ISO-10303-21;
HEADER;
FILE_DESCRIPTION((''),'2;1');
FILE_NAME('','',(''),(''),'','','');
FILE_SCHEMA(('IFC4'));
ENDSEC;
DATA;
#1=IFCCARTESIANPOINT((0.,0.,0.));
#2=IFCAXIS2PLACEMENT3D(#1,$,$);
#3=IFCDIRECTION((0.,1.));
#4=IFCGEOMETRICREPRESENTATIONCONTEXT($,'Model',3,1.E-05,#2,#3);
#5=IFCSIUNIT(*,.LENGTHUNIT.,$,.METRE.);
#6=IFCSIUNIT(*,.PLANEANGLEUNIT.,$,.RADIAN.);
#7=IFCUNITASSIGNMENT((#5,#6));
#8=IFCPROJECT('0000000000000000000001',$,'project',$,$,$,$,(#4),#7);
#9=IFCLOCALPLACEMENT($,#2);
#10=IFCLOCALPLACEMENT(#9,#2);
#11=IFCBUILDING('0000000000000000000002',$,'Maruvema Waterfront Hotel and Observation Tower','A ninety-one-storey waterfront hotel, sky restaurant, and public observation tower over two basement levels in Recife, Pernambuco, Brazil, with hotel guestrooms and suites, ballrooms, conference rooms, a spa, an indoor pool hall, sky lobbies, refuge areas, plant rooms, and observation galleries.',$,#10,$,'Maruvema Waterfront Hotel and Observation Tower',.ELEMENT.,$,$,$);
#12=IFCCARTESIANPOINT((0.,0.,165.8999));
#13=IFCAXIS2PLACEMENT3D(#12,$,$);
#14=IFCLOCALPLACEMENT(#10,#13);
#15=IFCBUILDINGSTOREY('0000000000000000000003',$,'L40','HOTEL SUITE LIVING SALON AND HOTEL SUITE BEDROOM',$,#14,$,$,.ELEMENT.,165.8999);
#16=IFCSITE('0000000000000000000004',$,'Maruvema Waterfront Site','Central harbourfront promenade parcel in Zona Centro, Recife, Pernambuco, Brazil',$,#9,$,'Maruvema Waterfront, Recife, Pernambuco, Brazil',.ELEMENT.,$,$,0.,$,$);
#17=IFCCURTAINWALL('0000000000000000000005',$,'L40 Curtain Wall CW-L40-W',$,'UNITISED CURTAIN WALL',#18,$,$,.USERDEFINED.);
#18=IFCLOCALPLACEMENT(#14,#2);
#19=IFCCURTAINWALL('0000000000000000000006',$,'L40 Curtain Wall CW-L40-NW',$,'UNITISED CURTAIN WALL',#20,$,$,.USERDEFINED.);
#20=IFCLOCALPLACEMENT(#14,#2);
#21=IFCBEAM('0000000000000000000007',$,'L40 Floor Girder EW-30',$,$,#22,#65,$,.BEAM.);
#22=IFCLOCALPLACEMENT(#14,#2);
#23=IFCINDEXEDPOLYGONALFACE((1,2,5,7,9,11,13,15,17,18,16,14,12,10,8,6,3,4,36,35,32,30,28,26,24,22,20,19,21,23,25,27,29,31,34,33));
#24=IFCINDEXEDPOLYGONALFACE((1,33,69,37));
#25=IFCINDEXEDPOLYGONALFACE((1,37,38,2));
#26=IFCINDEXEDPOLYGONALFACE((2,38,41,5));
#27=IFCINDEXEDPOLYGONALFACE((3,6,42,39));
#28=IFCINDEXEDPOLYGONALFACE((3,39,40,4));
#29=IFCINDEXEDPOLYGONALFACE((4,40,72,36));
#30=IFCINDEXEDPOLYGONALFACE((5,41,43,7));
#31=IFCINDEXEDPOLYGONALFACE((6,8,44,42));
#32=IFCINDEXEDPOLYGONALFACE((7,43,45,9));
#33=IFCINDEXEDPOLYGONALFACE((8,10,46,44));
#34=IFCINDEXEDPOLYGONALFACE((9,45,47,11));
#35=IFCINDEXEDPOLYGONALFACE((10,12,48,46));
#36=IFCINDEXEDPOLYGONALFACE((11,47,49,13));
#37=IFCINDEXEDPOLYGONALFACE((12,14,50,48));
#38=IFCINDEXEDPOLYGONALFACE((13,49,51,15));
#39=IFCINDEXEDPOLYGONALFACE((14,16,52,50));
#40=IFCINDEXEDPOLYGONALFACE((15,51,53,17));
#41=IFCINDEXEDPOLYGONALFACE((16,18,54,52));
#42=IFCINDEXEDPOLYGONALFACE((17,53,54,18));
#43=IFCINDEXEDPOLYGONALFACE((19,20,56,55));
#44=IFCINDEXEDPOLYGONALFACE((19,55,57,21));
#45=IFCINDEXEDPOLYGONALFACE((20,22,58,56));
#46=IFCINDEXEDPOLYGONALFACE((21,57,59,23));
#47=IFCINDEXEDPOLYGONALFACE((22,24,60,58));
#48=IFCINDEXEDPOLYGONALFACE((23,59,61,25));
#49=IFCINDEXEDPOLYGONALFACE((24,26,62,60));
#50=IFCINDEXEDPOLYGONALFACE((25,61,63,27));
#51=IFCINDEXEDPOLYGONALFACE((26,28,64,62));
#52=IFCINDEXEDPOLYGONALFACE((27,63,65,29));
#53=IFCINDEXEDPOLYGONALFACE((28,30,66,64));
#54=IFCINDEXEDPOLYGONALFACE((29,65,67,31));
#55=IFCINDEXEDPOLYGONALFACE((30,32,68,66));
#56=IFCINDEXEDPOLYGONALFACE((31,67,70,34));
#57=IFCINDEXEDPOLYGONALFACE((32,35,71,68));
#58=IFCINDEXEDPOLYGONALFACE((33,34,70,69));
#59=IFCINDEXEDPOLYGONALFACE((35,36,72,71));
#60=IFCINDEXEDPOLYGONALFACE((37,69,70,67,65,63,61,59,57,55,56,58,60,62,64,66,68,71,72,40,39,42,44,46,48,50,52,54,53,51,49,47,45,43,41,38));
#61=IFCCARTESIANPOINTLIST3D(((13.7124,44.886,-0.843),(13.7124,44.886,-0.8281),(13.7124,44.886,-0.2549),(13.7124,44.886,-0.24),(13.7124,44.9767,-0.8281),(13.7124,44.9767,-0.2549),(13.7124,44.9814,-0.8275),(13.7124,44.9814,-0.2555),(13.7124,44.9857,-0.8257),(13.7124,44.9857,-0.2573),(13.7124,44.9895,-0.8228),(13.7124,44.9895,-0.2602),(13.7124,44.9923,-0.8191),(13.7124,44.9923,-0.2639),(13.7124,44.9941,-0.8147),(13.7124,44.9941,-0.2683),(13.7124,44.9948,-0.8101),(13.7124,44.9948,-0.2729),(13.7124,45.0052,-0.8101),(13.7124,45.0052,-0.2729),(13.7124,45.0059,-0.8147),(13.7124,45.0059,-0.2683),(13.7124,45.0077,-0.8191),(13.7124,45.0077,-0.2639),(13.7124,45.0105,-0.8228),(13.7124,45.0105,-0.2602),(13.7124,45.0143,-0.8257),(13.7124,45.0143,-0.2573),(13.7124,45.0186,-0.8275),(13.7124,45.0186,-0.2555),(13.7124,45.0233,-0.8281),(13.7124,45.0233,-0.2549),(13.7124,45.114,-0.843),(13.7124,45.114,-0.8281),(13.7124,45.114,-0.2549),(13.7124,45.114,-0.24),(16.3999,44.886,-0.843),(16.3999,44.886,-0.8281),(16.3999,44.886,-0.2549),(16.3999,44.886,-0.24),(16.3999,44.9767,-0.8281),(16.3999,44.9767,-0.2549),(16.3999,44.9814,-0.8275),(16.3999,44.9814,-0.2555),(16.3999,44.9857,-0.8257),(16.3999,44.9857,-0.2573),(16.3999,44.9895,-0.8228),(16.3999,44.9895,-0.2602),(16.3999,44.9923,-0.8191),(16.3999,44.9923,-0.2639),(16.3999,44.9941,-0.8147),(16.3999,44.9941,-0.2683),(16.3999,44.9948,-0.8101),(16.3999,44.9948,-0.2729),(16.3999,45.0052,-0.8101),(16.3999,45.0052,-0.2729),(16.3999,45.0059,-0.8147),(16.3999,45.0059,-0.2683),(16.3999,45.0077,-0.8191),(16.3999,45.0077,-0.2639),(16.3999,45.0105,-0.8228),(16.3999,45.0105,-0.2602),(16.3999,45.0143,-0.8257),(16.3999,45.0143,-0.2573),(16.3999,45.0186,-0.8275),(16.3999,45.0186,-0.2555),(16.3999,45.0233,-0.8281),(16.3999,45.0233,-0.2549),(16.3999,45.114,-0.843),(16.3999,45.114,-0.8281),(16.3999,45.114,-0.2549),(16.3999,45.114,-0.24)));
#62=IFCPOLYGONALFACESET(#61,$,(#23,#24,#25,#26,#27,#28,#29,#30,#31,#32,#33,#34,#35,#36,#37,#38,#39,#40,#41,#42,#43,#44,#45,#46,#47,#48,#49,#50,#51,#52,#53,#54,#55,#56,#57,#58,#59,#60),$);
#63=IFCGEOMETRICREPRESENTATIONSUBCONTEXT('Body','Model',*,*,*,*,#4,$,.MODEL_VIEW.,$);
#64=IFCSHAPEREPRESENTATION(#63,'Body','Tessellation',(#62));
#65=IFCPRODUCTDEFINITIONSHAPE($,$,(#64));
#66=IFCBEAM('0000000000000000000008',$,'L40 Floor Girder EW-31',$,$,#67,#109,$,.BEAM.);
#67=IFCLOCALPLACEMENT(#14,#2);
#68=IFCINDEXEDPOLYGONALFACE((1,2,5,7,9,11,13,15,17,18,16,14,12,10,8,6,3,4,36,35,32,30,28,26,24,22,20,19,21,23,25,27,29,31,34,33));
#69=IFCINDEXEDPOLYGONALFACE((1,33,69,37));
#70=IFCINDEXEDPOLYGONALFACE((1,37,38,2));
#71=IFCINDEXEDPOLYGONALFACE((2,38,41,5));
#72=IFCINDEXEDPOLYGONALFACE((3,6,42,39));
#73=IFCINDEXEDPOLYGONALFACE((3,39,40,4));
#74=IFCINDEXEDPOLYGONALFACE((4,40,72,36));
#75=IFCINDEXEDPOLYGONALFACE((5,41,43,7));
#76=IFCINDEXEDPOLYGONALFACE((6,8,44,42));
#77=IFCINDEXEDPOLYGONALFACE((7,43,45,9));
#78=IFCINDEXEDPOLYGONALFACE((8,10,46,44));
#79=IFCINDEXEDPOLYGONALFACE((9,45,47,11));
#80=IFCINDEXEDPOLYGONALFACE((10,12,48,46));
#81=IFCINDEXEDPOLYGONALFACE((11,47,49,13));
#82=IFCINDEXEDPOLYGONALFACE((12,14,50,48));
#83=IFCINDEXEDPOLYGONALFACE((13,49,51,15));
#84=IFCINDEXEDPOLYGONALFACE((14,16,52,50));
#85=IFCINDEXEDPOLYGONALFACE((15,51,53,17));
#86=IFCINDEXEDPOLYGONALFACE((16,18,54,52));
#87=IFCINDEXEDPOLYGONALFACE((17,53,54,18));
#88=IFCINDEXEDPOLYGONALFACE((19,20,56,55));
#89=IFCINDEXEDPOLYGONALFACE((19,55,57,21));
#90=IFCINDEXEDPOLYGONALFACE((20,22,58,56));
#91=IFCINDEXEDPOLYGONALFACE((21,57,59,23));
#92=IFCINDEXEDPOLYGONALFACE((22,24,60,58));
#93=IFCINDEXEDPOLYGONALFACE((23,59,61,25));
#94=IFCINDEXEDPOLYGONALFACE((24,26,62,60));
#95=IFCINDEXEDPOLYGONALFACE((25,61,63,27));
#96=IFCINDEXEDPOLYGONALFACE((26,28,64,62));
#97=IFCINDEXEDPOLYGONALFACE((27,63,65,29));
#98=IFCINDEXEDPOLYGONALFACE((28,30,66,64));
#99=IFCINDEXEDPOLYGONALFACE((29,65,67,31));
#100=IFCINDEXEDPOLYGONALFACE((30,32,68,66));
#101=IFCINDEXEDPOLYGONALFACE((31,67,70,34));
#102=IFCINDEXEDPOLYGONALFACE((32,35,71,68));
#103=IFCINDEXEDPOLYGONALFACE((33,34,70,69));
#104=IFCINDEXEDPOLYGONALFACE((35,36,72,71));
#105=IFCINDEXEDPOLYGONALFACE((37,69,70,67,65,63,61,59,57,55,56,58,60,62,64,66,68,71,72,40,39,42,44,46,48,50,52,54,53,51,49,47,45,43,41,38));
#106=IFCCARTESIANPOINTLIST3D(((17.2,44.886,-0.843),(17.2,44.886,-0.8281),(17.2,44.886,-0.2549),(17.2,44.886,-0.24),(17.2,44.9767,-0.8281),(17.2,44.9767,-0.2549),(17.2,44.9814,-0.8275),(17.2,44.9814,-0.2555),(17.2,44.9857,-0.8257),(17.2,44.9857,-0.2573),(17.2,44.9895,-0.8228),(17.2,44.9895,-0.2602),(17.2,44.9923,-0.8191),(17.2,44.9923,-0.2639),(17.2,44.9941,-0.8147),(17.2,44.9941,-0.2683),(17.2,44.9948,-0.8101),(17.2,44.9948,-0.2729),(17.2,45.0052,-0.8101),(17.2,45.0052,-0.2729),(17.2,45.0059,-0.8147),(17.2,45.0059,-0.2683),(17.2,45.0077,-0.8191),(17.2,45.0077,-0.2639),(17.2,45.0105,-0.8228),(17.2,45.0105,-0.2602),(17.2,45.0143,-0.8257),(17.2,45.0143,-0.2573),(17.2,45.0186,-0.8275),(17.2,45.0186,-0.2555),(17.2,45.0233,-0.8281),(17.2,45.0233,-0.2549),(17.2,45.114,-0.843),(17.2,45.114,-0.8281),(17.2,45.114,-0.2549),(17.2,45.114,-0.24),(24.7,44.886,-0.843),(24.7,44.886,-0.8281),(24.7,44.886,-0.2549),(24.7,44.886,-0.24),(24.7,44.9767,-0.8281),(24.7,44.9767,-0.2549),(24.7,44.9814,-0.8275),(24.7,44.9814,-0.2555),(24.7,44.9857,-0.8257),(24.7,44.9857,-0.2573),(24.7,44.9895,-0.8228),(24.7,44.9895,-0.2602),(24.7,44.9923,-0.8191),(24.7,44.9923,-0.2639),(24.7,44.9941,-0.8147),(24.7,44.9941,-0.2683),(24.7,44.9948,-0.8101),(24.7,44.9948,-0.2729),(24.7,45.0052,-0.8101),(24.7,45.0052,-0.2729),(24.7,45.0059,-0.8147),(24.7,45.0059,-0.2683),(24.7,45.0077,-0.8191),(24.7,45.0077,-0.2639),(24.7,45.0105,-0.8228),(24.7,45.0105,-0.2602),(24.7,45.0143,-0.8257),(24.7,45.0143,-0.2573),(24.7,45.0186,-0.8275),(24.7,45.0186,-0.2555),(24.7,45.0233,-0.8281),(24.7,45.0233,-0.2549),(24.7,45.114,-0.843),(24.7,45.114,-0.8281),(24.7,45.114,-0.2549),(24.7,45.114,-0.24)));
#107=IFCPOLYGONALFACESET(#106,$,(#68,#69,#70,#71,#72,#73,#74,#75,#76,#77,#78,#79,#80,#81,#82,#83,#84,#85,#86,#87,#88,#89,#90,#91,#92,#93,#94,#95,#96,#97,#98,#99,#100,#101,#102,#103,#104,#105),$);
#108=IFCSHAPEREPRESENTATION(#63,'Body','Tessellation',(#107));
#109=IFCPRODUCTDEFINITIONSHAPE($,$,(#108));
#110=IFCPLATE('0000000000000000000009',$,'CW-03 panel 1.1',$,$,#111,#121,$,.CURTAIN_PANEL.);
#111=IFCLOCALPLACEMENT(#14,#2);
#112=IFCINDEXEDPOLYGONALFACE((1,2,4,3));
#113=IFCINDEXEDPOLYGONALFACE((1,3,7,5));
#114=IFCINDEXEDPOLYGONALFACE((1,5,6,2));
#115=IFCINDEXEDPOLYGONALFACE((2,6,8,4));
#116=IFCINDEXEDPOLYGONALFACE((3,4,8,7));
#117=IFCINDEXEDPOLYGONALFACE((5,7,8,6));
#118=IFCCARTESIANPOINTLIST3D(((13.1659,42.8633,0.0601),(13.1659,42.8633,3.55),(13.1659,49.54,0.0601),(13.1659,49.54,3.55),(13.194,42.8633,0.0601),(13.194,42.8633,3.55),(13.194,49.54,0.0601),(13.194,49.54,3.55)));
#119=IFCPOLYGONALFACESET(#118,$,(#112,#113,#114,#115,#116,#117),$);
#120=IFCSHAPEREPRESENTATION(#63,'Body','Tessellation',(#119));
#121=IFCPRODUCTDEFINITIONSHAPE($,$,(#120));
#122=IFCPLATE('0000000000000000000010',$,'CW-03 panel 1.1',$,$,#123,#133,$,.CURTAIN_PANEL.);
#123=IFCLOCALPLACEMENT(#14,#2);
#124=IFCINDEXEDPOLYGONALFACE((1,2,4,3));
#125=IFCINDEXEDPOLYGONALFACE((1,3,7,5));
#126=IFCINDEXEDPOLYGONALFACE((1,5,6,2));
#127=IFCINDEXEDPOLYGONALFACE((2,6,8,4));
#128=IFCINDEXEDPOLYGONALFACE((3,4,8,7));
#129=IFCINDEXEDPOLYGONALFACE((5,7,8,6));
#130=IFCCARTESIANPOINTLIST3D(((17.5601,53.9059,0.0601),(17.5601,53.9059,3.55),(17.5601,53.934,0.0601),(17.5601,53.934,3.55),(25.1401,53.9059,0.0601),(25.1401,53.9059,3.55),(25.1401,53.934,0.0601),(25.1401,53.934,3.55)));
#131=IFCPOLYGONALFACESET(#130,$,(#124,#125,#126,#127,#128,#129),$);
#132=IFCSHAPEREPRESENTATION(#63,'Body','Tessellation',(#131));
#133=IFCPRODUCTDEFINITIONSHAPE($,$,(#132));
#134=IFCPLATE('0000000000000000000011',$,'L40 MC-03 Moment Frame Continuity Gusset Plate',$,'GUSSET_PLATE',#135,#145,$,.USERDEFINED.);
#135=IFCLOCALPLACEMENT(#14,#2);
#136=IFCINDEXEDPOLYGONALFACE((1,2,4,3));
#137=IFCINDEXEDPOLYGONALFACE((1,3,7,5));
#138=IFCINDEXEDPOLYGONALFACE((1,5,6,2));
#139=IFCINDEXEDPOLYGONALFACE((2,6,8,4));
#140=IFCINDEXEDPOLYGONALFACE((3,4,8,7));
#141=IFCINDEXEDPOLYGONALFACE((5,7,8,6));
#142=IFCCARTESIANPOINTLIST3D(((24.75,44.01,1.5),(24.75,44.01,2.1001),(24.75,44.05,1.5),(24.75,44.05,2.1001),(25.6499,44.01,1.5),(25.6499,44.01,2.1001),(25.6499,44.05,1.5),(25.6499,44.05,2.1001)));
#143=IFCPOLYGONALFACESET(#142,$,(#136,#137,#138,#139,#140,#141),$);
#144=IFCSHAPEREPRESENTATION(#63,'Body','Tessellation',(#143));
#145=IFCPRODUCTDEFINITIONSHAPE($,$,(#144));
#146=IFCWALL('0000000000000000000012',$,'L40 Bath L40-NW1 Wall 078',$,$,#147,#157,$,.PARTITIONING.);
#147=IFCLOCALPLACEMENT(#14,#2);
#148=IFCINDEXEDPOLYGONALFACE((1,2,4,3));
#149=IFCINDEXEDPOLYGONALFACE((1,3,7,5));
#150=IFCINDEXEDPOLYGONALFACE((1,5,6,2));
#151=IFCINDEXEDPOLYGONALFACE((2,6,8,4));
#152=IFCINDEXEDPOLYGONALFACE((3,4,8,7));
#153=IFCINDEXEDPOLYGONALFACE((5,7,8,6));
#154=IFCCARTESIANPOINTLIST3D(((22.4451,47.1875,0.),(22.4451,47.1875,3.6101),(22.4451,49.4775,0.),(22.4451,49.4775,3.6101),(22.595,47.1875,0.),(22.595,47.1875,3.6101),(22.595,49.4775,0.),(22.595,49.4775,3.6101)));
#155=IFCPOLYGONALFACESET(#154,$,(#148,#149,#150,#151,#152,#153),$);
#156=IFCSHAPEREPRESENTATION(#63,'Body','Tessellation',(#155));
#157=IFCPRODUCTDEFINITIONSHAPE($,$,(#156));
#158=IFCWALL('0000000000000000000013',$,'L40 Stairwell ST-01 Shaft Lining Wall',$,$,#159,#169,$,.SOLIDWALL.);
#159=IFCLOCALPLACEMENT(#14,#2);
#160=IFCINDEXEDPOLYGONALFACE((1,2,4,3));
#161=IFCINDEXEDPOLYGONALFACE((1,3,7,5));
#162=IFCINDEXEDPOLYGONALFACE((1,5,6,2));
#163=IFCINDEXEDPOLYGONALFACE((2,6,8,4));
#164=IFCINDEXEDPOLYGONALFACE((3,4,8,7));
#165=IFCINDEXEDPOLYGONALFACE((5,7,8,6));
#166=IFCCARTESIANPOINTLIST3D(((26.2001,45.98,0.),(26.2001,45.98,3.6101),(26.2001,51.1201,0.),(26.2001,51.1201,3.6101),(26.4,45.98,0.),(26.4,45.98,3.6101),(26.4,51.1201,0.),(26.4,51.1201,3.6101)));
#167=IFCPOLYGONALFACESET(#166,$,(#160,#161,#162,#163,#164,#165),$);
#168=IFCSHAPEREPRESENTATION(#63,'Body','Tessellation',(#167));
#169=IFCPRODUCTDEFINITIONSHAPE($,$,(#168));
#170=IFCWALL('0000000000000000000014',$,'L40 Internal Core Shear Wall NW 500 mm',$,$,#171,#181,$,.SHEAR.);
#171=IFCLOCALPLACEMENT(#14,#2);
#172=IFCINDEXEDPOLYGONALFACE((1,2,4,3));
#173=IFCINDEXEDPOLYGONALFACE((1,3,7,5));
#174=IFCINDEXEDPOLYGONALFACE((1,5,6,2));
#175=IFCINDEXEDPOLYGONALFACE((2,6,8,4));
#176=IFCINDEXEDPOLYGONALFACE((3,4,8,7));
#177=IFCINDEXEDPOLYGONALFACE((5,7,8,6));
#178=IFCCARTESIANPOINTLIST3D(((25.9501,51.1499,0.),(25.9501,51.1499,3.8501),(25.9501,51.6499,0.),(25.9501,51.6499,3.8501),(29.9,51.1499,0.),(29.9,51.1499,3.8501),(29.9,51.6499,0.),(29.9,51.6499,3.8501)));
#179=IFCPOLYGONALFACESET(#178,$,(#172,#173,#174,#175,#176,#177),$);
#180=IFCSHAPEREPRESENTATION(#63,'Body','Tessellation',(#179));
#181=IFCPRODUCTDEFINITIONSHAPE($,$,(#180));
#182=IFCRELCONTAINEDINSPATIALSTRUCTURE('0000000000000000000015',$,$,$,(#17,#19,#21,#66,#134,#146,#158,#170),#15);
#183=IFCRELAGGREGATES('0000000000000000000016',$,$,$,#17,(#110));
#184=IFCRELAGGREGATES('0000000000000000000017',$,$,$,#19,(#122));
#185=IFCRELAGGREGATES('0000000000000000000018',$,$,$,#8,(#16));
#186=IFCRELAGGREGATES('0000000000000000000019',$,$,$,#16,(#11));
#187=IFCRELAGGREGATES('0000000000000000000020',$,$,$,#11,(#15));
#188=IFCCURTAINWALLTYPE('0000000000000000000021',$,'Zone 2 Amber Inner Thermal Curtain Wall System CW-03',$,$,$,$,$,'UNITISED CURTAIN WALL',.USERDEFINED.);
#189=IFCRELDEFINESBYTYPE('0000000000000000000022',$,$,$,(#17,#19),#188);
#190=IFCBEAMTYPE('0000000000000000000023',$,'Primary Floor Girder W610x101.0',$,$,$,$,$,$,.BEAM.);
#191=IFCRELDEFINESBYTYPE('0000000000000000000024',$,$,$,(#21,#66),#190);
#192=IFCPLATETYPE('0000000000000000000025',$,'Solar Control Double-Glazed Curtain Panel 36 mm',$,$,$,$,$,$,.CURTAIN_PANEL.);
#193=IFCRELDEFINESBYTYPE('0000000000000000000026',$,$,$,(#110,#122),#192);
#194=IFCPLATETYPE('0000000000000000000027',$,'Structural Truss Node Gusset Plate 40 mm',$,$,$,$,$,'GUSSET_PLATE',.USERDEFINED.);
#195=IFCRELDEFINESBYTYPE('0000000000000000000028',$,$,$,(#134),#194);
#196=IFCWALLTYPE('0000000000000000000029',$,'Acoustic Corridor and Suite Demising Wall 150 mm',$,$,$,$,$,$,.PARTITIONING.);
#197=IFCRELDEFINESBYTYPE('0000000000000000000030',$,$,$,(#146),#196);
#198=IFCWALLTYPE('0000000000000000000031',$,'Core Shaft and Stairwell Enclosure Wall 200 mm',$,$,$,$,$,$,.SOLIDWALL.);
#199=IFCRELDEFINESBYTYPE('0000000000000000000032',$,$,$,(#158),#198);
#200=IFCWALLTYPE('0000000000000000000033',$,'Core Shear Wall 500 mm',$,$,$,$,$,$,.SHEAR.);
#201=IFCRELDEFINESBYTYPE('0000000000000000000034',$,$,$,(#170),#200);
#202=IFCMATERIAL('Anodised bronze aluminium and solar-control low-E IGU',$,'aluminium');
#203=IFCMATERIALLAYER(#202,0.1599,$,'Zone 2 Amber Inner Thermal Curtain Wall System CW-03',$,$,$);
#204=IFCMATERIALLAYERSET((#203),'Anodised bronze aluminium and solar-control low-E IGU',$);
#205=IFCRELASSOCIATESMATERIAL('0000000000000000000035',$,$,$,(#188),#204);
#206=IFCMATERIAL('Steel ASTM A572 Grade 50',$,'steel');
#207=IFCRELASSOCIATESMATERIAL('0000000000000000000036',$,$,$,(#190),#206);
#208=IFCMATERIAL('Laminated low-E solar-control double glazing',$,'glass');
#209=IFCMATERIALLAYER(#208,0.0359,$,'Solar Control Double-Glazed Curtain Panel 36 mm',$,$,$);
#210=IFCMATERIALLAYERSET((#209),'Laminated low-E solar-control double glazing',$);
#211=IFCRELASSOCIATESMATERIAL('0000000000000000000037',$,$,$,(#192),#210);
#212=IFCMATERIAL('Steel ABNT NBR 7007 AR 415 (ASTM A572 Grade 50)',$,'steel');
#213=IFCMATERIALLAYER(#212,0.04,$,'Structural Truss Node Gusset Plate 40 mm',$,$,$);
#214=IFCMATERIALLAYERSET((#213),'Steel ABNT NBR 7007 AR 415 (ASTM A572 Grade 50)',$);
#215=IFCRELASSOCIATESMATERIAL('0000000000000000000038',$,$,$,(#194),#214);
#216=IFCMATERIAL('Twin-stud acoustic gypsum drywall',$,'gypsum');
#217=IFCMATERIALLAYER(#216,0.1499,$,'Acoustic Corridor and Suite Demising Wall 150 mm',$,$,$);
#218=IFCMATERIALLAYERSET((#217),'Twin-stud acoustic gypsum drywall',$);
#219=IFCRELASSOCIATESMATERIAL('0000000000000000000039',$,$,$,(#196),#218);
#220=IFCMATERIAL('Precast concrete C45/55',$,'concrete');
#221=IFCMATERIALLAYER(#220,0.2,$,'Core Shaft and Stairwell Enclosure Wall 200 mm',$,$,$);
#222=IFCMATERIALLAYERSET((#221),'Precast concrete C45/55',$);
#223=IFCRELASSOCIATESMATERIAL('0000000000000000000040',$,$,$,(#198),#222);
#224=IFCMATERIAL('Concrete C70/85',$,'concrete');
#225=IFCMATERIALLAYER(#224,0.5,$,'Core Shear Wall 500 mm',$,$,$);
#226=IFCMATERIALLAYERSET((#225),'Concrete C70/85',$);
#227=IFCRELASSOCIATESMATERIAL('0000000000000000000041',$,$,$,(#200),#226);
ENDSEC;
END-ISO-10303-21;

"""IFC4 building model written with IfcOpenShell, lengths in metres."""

from ifc_helpers import new_model, si_unit, direction, frame, frame_2d, origin, origin_2d, place, context, subcontext, project, spatial, rectangle, i_section, extrude, material, layer, layer_set, material_profile, profile_set, type_object, element, aggregate, save


model = new_model("IFC4")

# Units and contexts
model_context = context("Model", 3, precision=1e-05, world=origin(), true_north=direction((0.0, 1.0)))
body_context = subcontext(model_context, "Body", "Model", "MODEL_VIEW")
ifc_project = project(units=[si_unit("LENGTHUNIT", "METRE"), si_unit("PLANEANGLEUNIT", "RADIAN")], contexts=[model_context])

# Site, building, storey
site_placement = place(None, origin())
site = spatial("IfcSite", under=ifc_project, at=site_placement, Name="Maruvema Waterfront Site", Description="Central harbourfront promenade parcel in Zona Centro, Recife, Pernambuco, Brazil", LongName="Maruvema Waterfront, Recife, Pernambuco, Brazil", CompositionType="ELEMENT", RefElevation=0.0)
building_placement = place(site_placement, origin())
building = spatial("IfcBuilding", under=site, at=building_placement, Name="Maruvema Waterfront Hotel and Observation Tower", Description="A ninety-one-storey waterfront hotel, sky restaurant, and public observation tower over two basement levels in Recife, Pernambuco, Brazil, with hotel guestrooms and suites, ballrooms, conference rooms, a spa, an indoor pool hall, sky lobbies, refuge areas, plant rooms, and observation galleries.", LongName="Maruvema Waterfront Hotel and Observation Tower", CompositionType="ELEMENT")
storey_placement = place(building_placement, frame((0.0, 0.0, 165.8999)))
storey = spatial("IfcBuildingStorey", under=building, at=storey_placement, Name="L40", Description="HOTEL SUITE LIVING SALON AND HOTEL SUITE BEDROOM", CompositionType="ELEMENT", Elevation=165.8999)

# Curtain walls
ifc_material_1 = material(Name="Anodised bronze aluminium and solar-control low-E IGU", Category="aluminium")
ifc_layer_1 = layer(ifc_material_1, 0.1599, Name="Zone 2 Amber Inner Thermal Curtain Wall System CW-03")
ifc_layer_set_1 = layer_set([ifc_layer_1], Name="Anodised bronze aluminium and solar-control low-E IGU")
curtain_wall_type = type_object("IfcCurtainWallType", Name="Zone 2 Amber Inner Thermal Curtain Wall System CW-03", ElementType="UNITISED CURTAIN WALL", PredefinedType="USERDEFINED", material=ifc_layer_set_1)
curtain_wall_1_placement = place(storey_placement, origin())
curtain_wall_1 = element("IfcCurtainWall", 1, at=curtain_wall_1_placement, inside=storey, type_object=curtain_wall_type, Name="L40 Curtain Wall CW-L40-W", ObjectType="UNITISED CURTAIN WALL", PredefinedType="USERDEFINED")
curtain_wall_2_placement = place(storey_placement, origin())
curtain_wall_2 = element("IfcCurtainWall", 2, at=curtain_wall_2_placement, inside=storey, type_object=curtain_wall_type, Name="L40 Curtain Wall CW-L40-NW", ObjectType="UNITISED CURTAIN WALL", PredefinedType="USERDEFINED")

# Beams
ifc_material_2 = material(Name="Steel ASTM A572 Grade 50", Category="steel")
ifc_material_profile_1 = material_profile(ifc_material_2, i_section(OverallWidth=0.228, OverallDepth=0.603, WebThickness=0.0105, FlangeThickness=0.0149, FilletRadius=0.0181, at=origin_2d()), Name="W610x101.0")
ifc_profile_set_1 = profile_set([ifc_material_profile_1], Name="Steel ASTM A572 Grade 50")
beam_type = type_object("IfcBeamType", Name="Primary Floor Girder W610x101.0", PredefinedType="BEAM", material=ifc_profile_set_1)
beam_1_placement = place(storey_placement, frame((13.7124, 45.0, -0.5415), z_axis=(1.0, 0.0, 0.0), x_axis=(0.0, 1.0, 0.0)))
element("IfcBeam", 3, at=beam_1_placement, inside=storey, type_object=beam_type, Name="L40 Floor Girder EW-30", PredefinedType="BEAM", context=body_context, shape_type="SweptSolid", body=[
    extrude(i_section(OverallWidth=0.228, OverallDepth=0.603, WebThickness=0.0105, FlangeThickness=0.0149, FilletRadius=0.0181, at=origin_2d()), origin(), (0.0, 0.0, 1.0), 2.6875),
])
beam_2_placement = place(storey_placement, frame((17.2, 45.0, -0.5415), z_axis=(1.0, 0.0, 0.0), x_axis=(0.0, 1.0, 0.0)))
element("IfcBeam", 4, at=beam_2_placement, inside=storey, type_object=beam_type, Name="L40 Floor Girder EW-31", PredefinedType="BEAM", context=body_context, shape_type="SweptSolid", body=[
    extrude(i_section(OverallWidth=0.228, OverallDepth=0.603, WebThickness=0.0105, FlangeThickness=0.0149, FilletRadius=0.0181, at=origin_2d()), origin(), (0.0, 0.0, 1.0), 7.5),
])

# Plates
ifc_material_3 = material(Name="Laminated low-E solar-control double glazing", Category="glass")
ifc_layer_2 = layer(ifc_material_3, 0.0359, Name="Solar Control Double-Glazed Curtain Panel 36 mm")
ifc_layer_set_2 = layer_set([ifc_layer_2], Name="Laminated low-E solar-control double glazing")
plate_type_1 = type_object("IfcPlateType", Name="Solar Control Double-Glazed Curtain Panel 36 mm", PredefinedType="CURTAIN_PANEL", material=ifc_layer_set_2)
plate_1_placement = place(storey_placement, frame((13.1799, 46.2017, 0.0601), z_axis=(0.0, 0.0, 1.0), x_axis=(0.0, -1.0, 0.0)))
plate_1 = element("IfcPlate", 5, at=plate_1_placement, type_object=plate_type_1, Name="CW-03 panel 1.1", PredefinedType="CURTAIN_PANEL", context=body_context, shape_type="SweptSolid", body=[
    extrude(rectangle(XDim=6.6768, YDim=0.0281, at=origin_2d()), origin(), (0.0, 0.0, 1.0), 3.49),
])
aggregate(curtain_wall_1, [plate_1])
plate_2_placement = place(storey_placement, frame((21.3501, 53.9199, 0.0601), z_axis=(0.0, 0.0, 1.0), x_axis=(-1.0, 0.0, 0.0)))
plate_2 = element("IfcPlate", 6, at=plate_2_placement, type_object=plate_type_1, Name="CW-03 panel 1.1", PredefinedType="CURTAIN_PANEL", context=body_context, shape_type="SweptSolid", body=[
    extrude(rectangle(XDim=7.5801, YDim=0.0281, at=origin_2d()), origin(), (0.0, 0.0, 1.0), 3.49),
])
aggregate(curtain_wall_2, [plate_2])
ifc_material_4 = material(Name="Steel ABNT NBR 7007 AR 415 (ASTM A572 Grade 50)", Category="steel")
ifc_layer_3 = layer(ifc_material_4, 0.04, Name="Structural Truss Node Gusset Plate 40 mm")
ifc_layer_set_3 = layer_set([ifc_layer_3], Name="Steel ABNT NBR 7007 AR 415 (ASTM A572 Grade 50)")
plate_type_2 = type_object("IfcPlateType", Name="Structural Truss Node Gusset Plate 40 mm", ElementType="GUSSET_PLATE", PredefinedType="USERDEFINED", material=ifc_layer_set_3)
plate_3_placement = place(storey_placement, frame((25.2, 44.03, 1.5), z_axis=(0.0, 0.0, 1.0), x_axis=(1.0, 0.0, 0.0)))
element("IfcPlate", 7, at=plate_3_placement, inside=storey, type_object=plate_type_2, Name="L40 MC-03 Moment Frame Continuity Gusset Plate", ObjectType="GUSSET_PLATE", PredefinedType="USERDEFINED", context=body_context, shape_type="SweptSolid", body=[
    extrude(rectangle(XDim=0.8999, YDim=0.04, at=origin_2d()), origin(), (0.0, 0.0, 1.0), 0.6001),
])

# Walls
ifc_material_5 = material(Name="Twin-stud acoustic gypsum drywall", Category="gypsum")
ifc_layer_4 = layer(ifc_material_5, 0.1499, Name="Acoustic Corridor and Suite Demising Wall 150 mm")
ifc_layer_set_4 = layer_set([ifc_layer_4], Name="Twin-stud acoustic gypsum drywall")
wall_type_1 = type_object("IfcWallType", Name="Acoustic Corridor and Suite Demising Wall 150 mm", PredefinedType="PARTITIONING", material=ifc_layer_set_4)
wall_1_placement = place(storey_placement, frame((22.52, 47.1875, 0.0), z_axis=(0.0, 0.0, 1.0), x_axis=(0.0, 1.0, 0.0)))
element("IfcWall", 8, at=wall_1_placement, inside=storey, type_object=wall_type_1, Name="L40 Bath L40-NW1 Wall 078", PredefinedType="PARTITIONING", context=body_context, shape_type="SweptSolid", body=[
    extrude(rectangle(XDim=2.29, YDim=0.1499, at=frame_2d((1.145, 0.0))), origin(), (0.0, 0.0, 1.0), 3.6101),
])
ifc_material_6 = material(Name="Precast concrete C45/55", Category="concrete")
ifc_layer_5 = layer(ifc_material_6, 0.2, Name="Core Shaft and Stairwell Enclosure Wall 200 mm")
ifc_layer_set_5 = layer_set([ifc_layer_5], Name="Precast concrete C45/55")
wall_type_2 = type_object("IfcWallType", Name="Core Shaft and Stairwell Enclosure Wall 200 mm", PredefinedType="SOLIDWALL", material=ifc_layer_set_5)
wall_2_placement = place(storey_placement, frame((26.3, 45.98, 0.0), z_axis=(0.0, 0.0, 1.0), x_axis=(0.0, 1.0, 0.0)))
element("IfcWall", 9, at=wall_2_placement, inside=storey, type_object=wall_type_2, Name="L40 Stairwell ST-01 Shaft Lining Wall", PredefinedType="SOLIDWALL", context=body_context, shape_type="SweptSolid", body=[
    extrude(rectangle(XDim=5.1401, YDim=0.2, at=frame_2d((2.5701, 0.0))), origin(), (0.0, 0.0, 1.0), 3.6101),
])
ifc_material_7 = material(Name="Concrete C70/85", Category="concrete")
ifc_layer_6 = layer(ifc_material_7, 0.5, Name="Core Shear Wall 500 mm")
ifc_layer_set_6 = layer_set([ifc_layer_6], Name="Concrete C70/85")
wall_type_3 = type_object("IfcWallType", Name="Core Shear Wall 500 mm", PredefinedType="SHEAR", material=ifc_layer_set_6)
wall_3_placement = place(storey_placement, frame((25.95, 51.3999, 0.0), z_axis=(0.0, 0.0, 1.0), x_axis=(1.0, 0.0, 0.0)))
element("IfcWall", 10, at=wall_3_placement, inside=storey, type_object=wall_type_3, Name="L40 Internal Core Shear Wall NW 500 mm", PredefinedType="SHEAR", context=body_context, shape_type="SweptSolid", body=[
    extrude(rectangle(XDim=3.95, YDim=0.5, at=frame_2d((1.9751, 0.0))), origin(), (0.0, 0.0, 1.0), 3.8501),
])

save(model, "model.ifc")
